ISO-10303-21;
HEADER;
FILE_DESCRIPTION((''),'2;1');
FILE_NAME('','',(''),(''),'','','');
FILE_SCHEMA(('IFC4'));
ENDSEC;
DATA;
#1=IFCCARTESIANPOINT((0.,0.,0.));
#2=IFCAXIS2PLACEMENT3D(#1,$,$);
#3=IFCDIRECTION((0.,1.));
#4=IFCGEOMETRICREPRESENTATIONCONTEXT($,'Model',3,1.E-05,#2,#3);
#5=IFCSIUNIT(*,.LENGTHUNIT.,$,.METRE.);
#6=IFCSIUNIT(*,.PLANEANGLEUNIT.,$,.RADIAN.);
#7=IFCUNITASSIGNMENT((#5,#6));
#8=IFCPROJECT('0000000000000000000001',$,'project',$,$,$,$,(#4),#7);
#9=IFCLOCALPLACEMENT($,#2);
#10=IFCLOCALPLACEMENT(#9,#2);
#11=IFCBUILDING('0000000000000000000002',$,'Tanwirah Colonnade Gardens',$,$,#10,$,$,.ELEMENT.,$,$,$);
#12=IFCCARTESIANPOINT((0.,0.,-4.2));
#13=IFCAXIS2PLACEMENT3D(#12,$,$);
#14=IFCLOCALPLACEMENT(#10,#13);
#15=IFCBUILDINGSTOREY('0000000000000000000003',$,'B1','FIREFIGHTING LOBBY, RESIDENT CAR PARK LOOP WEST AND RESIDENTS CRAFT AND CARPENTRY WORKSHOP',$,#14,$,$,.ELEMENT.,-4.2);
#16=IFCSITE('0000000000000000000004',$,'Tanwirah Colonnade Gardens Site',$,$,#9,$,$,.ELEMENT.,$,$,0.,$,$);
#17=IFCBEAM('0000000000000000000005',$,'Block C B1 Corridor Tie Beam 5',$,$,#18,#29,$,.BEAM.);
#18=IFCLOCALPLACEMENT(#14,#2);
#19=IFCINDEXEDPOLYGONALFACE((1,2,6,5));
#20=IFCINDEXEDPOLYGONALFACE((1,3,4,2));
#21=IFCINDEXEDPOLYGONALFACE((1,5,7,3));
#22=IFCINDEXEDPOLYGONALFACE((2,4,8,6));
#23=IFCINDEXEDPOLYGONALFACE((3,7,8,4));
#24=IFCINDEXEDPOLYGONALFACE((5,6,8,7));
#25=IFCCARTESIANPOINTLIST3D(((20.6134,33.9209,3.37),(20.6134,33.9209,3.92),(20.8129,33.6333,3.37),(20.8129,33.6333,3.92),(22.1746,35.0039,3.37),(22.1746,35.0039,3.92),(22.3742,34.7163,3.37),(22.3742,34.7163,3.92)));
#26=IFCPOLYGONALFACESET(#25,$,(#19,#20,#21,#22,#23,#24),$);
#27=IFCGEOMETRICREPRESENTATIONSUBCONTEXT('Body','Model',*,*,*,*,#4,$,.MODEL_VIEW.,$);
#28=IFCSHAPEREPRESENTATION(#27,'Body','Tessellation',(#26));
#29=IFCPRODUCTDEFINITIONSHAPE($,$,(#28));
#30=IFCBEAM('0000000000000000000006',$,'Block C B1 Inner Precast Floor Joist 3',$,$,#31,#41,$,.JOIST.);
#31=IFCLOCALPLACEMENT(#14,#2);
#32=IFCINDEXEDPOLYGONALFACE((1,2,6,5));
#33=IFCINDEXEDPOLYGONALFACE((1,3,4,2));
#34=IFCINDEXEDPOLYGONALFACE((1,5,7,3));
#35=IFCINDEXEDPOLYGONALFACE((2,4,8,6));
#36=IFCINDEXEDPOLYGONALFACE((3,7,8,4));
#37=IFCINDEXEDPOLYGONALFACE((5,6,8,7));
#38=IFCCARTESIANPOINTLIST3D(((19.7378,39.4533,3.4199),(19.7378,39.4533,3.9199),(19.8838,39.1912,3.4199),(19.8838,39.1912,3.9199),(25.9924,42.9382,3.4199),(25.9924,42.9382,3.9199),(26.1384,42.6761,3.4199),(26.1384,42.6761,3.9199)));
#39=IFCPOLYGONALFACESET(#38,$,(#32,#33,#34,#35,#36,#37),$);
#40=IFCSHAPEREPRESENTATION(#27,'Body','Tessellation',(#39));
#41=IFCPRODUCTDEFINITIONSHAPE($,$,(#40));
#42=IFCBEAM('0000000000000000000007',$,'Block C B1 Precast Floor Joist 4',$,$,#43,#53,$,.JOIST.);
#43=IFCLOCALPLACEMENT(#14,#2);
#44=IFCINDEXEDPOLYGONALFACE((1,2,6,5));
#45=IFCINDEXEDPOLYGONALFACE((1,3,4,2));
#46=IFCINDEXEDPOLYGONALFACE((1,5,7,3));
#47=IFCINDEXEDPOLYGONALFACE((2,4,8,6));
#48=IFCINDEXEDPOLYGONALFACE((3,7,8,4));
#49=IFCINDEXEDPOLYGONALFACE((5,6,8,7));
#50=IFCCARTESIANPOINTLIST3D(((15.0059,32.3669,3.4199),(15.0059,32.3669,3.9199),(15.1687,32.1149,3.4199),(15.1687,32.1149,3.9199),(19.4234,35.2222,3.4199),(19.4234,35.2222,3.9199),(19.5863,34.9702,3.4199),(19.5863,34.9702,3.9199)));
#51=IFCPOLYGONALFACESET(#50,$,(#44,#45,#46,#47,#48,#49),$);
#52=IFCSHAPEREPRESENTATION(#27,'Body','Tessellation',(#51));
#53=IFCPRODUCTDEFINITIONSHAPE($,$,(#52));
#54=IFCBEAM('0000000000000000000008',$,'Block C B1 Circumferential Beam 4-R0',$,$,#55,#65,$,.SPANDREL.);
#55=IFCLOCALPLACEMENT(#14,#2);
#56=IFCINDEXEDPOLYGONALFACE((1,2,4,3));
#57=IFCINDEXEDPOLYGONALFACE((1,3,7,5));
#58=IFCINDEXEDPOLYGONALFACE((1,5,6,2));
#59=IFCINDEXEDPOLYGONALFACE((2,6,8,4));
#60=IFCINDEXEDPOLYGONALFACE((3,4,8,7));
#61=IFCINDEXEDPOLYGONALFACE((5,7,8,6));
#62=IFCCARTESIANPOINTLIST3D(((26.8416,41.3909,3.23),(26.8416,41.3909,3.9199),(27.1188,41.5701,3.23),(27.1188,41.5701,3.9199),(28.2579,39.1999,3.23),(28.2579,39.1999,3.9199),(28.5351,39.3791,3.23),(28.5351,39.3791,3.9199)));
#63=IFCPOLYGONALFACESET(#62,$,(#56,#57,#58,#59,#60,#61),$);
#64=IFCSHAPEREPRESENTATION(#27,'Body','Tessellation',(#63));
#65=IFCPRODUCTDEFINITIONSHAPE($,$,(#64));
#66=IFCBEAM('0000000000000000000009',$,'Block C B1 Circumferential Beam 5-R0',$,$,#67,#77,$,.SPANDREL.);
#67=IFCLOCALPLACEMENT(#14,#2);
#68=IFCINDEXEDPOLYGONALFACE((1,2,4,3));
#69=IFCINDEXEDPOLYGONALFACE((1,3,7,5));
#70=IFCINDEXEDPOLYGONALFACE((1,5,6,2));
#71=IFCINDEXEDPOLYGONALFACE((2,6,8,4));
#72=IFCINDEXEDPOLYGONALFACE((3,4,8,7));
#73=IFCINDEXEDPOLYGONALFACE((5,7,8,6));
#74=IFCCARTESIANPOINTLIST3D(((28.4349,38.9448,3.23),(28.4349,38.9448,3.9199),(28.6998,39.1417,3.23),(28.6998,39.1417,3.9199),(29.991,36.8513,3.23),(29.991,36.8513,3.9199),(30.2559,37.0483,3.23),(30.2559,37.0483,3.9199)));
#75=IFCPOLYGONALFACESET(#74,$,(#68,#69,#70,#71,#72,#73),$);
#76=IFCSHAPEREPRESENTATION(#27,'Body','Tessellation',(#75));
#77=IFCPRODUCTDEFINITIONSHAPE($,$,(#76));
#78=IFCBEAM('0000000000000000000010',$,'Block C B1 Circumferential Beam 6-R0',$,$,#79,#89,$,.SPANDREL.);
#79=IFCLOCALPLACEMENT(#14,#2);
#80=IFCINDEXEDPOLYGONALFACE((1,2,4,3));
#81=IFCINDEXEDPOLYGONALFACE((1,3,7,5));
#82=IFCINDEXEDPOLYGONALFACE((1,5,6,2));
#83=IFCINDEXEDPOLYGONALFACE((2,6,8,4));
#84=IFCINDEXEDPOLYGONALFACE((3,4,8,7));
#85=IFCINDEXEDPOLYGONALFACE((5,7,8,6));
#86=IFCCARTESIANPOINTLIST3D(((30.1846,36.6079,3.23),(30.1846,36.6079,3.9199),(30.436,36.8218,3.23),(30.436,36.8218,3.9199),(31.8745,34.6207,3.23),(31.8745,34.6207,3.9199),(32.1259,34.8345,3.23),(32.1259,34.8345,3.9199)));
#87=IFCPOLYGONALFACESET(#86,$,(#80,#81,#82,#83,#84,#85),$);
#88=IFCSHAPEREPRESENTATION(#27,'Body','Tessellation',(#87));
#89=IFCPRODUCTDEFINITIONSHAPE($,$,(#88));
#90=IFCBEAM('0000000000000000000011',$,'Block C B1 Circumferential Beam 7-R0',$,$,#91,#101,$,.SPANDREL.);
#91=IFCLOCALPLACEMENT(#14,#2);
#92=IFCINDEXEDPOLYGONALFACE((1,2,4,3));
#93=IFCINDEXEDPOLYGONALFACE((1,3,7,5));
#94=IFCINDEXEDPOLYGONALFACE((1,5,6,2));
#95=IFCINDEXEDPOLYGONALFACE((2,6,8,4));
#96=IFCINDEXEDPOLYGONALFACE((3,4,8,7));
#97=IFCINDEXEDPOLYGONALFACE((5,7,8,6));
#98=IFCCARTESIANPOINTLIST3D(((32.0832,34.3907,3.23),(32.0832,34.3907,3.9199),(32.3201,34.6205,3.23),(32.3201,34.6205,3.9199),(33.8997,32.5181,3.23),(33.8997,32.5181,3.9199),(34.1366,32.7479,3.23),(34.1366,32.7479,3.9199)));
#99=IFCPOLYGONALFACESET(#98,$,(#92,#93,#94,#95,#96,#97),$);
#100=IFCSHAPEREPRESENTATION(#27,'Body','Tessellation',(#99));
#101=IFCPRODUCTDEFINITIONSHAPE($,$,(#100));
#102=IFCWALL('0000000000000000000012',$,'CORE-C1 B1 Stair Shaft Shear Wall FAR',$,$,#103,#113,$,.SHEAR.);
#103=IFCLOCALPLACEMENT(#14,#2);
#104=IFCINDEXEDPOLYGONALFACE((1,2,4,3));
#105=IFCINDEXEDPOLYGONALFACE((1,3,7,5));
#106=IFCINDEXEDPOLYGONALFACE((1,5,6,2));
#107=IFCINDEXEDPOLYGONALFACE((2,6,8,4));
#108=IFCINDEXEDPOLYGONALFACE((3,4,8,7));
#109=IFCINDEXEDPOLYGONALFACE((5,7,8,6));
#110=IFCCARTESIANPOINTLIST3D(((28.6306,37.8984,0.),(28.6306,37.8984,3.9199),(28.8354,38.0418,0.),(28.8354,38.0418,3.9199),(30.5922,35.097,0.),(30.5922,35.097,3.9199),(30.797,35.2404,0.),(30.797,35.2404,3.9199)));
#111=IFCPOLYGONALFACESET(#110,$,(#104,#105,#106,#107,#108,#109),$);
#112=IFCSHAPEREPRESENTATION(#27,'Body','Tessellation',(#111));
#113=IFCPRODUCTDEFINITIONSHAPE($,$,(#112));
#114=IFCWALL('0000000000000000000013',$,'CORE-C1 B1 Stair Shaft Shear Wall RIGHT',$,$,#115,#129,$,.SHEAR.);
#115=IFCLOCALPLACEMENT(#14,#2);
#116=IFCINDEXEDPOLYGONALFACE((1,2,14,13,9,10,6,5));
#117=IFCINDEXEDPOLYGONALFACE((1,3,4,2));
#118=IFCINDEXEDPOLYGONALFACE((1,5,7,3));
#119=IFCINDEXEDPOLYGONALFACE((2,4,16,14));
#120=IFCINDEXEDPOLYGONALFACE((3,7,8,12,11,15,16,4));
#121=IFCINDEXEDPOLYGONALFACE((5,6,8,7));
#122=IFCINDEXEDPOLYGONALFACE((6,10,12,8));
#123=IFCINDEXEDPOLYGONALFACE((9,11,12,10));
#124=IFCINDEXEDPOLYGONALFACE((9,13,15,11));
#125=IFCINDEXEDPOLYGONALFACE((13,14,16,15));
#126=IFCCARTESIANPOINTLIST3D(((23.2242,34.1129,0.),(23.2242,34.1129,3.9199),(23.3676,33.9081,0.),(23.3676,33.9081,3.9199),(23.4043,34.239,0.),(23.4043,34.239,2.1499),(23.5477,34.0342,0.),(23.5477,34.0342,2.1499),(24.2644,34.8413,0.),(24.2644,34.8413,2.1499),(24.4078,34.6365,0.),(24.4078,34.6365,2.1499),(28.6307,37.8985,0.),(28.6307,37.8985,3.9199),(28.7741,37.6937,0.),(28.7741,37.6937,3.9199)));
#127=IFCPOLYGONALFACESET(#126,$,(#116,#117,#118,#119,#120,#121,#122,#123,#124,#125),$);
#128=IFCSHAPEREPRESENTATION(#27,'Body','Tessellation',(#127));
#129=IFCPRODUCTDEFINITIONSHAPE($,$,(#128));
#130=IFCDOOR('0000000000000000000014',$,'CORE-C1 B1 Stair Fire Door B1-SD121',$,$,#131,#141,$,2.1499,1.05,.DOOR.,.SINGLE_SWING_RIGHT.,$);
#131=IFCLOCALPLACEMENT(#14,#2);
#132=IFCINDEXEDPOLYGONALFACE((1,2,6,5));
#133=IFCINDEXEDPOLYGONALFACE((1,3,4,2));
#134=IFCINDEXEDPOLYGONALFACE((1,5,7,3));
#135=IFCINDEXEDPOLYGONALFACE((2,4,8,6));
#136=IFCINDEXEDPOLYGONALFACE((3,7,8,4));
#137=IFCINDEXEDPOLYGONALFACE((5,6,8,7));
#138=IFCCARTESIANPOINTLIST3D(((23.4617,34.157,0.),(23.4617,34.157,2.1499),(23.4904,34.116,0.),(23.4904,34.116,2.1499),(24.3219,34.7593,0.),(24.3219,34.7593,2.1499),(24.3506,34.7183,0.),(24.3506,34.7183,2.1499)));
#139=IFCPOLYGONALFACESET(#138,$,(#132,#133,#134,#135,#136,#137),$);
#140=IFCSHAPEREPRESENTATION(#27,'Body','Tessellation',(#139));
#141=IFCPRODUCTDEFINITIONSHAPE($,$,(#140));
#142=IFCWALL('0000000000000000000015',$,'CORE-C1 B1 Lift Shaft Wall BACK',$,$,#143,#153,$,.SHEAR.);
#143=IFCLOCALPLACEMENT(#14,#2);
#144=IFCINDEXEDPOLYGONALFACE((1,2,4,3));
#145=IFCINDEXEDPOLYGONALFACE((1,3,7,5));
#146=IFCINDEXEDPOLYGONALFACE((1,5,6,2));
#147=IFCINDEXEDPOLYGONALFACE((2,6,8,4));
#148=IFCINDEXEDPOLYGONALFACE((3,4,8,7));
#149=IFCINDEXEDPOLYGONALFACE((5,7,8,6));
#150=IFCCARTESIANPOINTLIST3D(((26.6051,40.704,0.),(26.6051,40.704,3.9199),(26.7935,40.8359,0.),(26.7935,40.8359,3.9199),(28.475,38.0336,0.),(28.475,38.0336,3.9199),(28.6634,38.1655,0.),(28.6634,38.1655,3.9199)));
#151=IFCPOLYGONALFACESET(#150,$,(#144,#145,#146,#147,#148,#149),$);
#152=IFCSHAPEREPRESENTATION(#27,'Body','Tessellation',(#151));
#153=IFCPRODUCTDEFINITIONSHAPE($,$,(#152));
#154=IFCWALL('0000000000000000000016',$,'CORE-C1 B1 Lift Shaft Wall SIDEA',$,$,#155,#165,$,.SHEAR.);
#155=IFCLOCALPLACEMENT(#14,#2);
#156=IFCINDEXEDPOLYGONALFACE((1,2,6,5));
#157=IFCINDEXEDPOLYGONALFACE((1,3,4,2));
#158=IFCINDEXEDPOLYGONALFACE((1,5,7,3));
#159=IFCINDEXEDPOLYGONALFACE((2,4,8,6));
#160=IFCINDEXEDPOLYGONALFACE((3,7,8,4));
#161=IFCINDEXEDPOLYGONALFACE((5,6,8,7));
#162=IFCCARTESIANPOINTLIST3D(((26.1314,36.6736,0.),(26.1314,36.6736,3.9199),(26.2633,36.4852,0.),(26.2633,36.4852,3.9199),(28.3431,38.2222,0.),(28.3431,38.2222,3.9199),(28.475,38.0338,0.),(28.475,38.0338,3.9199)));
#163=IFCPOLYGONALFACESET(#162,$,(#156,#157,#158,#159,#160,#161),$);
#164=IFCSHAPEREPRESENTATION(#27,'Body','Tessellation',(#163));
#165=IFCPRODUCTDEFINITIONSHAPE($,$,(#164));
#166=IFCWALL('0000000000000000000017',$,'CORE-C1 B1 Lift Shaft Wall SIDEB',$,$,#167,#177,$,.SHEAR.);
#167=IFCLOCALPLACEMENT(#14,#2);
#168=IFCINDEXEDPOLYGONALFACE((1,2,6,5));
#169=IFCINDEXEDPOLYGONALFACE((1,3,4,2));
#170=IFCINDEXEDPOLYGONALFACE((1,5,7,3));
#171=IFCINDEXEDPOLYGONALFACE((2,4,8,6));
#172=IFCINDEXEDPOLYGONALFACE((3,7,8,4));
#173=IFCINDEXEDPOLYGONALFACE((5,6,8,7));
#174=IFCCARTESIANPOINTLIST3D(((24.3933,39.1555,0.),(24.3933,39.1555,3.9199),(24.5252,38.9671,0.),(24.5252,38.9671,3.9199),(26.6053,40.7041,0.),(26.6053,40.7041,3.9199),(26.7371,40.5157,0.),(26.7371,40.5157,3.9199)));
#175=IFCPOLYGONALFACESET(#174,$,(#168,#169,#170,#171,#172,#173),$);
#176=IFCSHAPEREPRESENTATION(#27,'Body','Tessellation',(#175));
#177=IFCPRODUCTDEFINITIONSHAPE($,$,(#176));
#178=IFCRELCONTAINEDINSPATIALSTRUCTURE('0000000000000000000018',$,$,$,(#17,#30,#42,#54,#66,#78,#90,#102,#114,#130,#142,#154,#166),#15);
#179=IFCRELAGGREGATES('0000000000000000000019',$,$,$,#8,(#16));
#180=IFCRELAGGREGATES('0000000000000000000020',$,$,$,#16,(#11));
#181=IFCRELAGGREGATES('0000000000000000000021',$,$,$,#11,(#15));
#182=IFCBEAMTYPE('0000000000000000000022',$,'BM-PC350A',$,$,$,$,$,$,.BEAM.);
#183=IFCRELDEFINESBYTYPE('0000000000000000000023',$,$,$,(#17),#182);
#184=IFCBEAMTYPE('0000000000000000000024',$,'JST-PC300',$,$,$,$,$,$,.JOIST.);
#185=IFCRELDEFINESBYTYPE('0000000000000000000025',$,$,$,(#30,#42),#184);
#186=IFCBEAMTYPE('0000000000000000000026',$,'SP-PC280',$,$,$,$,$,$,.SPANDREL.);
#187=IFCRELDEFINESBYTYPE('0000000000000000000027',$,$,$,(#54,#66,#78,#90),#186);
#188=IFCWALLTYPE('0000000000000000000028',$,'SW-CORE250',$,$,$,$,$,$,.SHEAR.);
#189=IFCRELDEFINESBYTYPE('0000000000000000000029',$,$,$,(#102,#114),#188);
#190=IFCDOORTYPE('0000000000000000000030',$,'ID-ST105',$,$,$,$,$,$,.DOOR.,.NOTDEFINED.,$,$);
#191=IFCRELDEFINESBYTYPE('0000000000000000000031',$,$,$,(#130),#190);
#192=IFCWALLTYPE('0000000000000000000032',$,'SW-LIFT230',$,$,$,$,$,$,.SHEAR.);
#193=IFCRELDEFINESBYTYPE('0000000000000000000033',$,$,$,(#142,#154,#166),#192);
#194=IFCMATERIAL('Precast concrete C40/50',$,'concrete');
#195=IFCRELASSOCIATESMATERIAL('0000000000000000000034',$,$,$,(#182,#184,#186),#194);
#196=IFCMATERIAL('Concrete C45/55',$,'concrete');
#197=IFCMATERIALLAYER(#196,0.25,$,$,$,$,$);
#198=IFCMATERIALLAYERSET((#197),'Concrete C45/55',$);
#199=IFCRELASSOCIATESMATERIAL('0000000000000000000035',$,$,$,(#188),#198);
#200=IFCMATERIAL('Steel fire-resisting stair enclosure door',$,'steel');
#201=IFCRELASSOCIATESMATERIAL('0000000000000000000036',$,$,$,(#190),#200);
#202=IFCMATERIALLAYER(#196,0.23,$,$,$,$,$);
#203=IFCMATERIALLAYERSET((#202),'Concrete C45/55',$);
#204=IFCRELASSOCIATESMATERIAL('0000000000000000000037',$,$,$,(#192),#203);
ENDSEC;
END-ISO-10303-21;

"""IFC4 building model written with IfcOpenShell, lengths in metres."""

from ifc_helpers import new_model, si_unit, direction, frame, frame_2d, origin, origin_2d, place, context, subcontext, project, spatial, rectangle, extrude, material, layer, layer_set, material_profile, profile_set, type_object, element, fill, save


model = new_model("IFC4")

# Units and contexts
model_context = context("Model", 3, precision=1e-05, world=origin(), true_north=direction((0.0, 1.0)))
body_context = subcontext(model_context, "Body", "Model", "MODEL_VIEW")
ifc_project = project(units=[si_unit("LENGTHUNIT", "METRE"), si_unit("PLANEANGLEUNIT", "RADIAN")], contexts=[model_context])

# Site, building, storey
site_placement = place(None, origin())
site = spatial("IfcSite", under=ifc_project, at=site_placement, Name="Tanwirah Colonnade Gardens Site", CompositionType="ELEMENT", RefElevation=0.0)
building_placement = place(site_placement, origin())
building = spatial("IfcBuilding", under=site, at=building_placement, Name="Tanwirah Colonnade Gardens", CompositionType="ELEMENT")
storey_placement = place(building_placement, frame((0.0, 0.0, -4.2)))
storey = spatial("IfcBuildingStorey", under=building, at=storey_placement, Name="B1", Description="FIREFIGHTING LOBBY, RESIDENT CAR PARK LOOP WEST AND RESIDENTS CRAFT AND CARPENTRY WORKSHOP", CompositionType="ELEMENT", Elevation=-4.2)

# Shared definitions
ifc_material_1 = material(Name="Concrete C45/55", Category="concrete")

# Beams
ifc_material_2 = material(Name="Precast concrete C40/50", Category="concrete")
ifc_material_profile_1 = material_profile(ifc_material_2, rectangle(XDim=0.3501, YDim=0.55, at=origin_2d()), Name="PC-BM 350x550")
ifc_profile_set_1 = profile_set([ifc_material_profile_1], Name="Precast concrete C40/50")
beam_type_1 = type_object("IfcBeamType", Name="BM-PC350A", PredefinedType="BEAM", material=ifc_profile_set_1)
beam_1_placement = place(storey_placement, frame((22.2744, 34.8601, 3.645), z_axis=(-0.821669, -0.569965, 0.0), x_axis=(0.569965, -0.821669, 0.0)))
element("IfcBeam", 1, at=beam_1_placement, inside=storey, type_object=beam_type_1, Name="Block C B1 Corridor Tie Beam 5", PredefinedType="BEAM", context=body_context, shape_type="SweptSolid", body=[
    extrude(rectangle(XDim=0.3501, YDim=0.55, at=origin_2d()), origin(), (0.0, 0.0, 1.0), 1.9001),
])
ifc_material_profile_2 = material_profile(ifc_material_2, rectangle(XDim=0.3, YDim=0.5, at=origin_2d()), Name="PC-JST 300x500")
ifc_profile_set_2 = profile_set([ifc_material_profile_2], Name="Precast concrete C40/50")
beam_type_2 = type_object("IfcBeamType", Name="JST-PC300", PredefinedType="JOIST", material=ifc_profile_set_2)
beam_2_placement = place(storey_placement, frame((26.0654, 42.8071, 3.6699), z_axis=(-0.87356, -0.486717, 0.0), x_axis=(0.486717, -0.87356, 0.0)))
element("IfcBeam", 2, at=beam_2_placement, inside=storey, type_object=beam_type_2, Name="Block C B1 Inner Precast Floor Joist 3", PredefinedType="JOIST", context=body_context, shape_type="SweptSolid", body=[
    extrude(rectangle(XDim=0.3, YDim=0.5, at=origin_2d()), origin(), (0.0, 0.0, 1.0), 7.1599),
])
beam_3_placement = place(storey_placement, frame((19.5049, 35.0962, 3.6699), z_axis=(-0.839843, -0.54283, 0.0), x_axis=(0.54283, -0.839843, 0.0)))
element("IfcBeam", 3, at=beam_3_placement, inside=storey, type_object=beam_type_2, Name="Block C B1 Precast Floor Joist 4", PredefinedType="JOIST", context=body_context, shape_type="SweptSolid", body=[
    extrude(rectangle(XDim=0.3, YDim=0.5, at=origin_2d()), origin(), (0.0, 0.0, 1.0), 5.26),
])
ifc_material_profile_3 = material_profile(ifc_material_2, rectangle(XDim=0.3301, YDim=0.6899, at=origin_2d()), Name="PC-SP 330x690")
ifc_profile_set_3 = profile_set([ifc_material_profile_3], Name="Precast concrete C40/50")
beam_type_3 = type_object("IfcBeamType", Name="SP-PC280", PredefinedType="SPANDREL", material=ifc_profile_set_3)
beam_4_placement = place(storey_placement, frame((26.9802, 41.4805, 3.575), z_axis=(0.542875, -0.839814, 0.0), x_axis=(0.839814, 0.542875, 0.0)))
element("IfcBeam", 4, at=beam_4_placement, inside=storey, type_object=beam_type_3, Name="Block C B1 Circumferential Beam 4-R0", PredefinedType="SPANDREL", context=body_context, shape_type="SweptSolid", body=[
    extrude(rectangle(XDim=0.3301, YDim=0.6899, at=origin_2d()), origin(), (0.0, 0.0, 1.0), 2.6089),
])
beam_5_placement = place(storey_placement, frame((28.5674, 39.0432, 3.575), z_axis=(0.596565, -0.802565, 0.0), x_axis=(0.802565, 0.596565, 0.0)))
element("IfcBeam", 5, at=beam_5_placement, inside=storey, type_object=beam_type_3, Name="Block C B1 Circumferential Beam 5-R0", PredefinedType="SPANDREL", context=body_context, shape_type="SweptSolid", body=[
    extrude(rectangle(XDim=0.3301, YDim=0.6899, at=origin_2d()), origin(), (0.0, 0.0, 1.0), 2.6084),
])
beam_6_placement = place(storey_placement, frame((30.3103, 36.7148, 3.575), z_axis=(0.647811, -0.761801, 0.0), x_axis=(0.761801, 0.647811, 0.0)))
element("IfcBeam", 6, at=beam_6_placement, inside=storey, type_object=beam_type_3, Name="Block C B1 Circumferential Beam 6-R0", PredefinedType="SPANDREL", context=body_context, shape_type="SweptSolid", body=[
    extrude(rectangle(XDim=0.3301, YDim=0.6899, at=origin_2d()), origin(), (0.0, 0.0, 1.0), 2.6086),
])
beam_7_placement = place(storey_placement, frame((32.2017, 34.5056, 3.575), z_axis=(0.696263, -0.717787, 0.0), x_axis=(0.717787, 0.696263, 0.0)))
element("IfcBeam", 7, at=beam_7_placement, inside=storey, type_object=beam_type_3, Name="Block C B1 Circumferential Beam 7-R0", PredefinedType="SPANDREL", context=body_context, shape_type="SweptSolid", body=[
    extrude(rectangle(XDim=0.3301, YDim=0.6899, at=origin_2d()), origin(), (0.0, 0.0, 1.0), 2.6089),
])

# Wall
ifc_layer_1 = layer(ifc_material_1, 0.25)
ifc_layer_set_1 = layer_set([ifc_layer_1], Name="Concrete C45/55")
wall_type_1 = type_object("IfcWallType", Name="SW-CORE250", PredefinedType="SHEAR", material=ifc_layer_set_1)
wall_1_placement = place(storey_placement, frame((30.6946, 35.1687, 0.0), z_axis=(0.0, 0.0, 1.0), x_axis=(-0.573582, 0.819148, 0.0)))
element("IfcWall", 8, at=wall_1_placement, inside=storey, type_object=wall_type_1, Name="CORE-C1 B1 Stair Shaft Shear Wall FAR", PredefinedType="SHEAR", context=body_context, shape_type="SweptSolid", body=[
    extrude(rectangle(XDim=3.4199, YDim=0.25, at=frame_2d((1.71, 0.0))), origin(), (0.0, 0.0, 1.0), 3.9199),
])

# Wall, opening, door
wall_2_placement = place(storey_placement, frame((23.2959, 34.0105, 0.0), z_axis=(0.0, 0.0, 1.0), x_axis=(0.819154, 0.573574, 0.0)))
wall_2 = element("IfcWall", 9, at=wall_2_placement, inside=storey, type_object=wall_type_1, Name="CORE-C1 B1 Stair Shaft Shear Wall RIGHT", PredefinedType="SHEAR", context=body_context, shape_type="SweptSolid", body=[
    extrude(rectangle(XDim=6.6001, YDim=0.25, at=frame_2d((3.3, 0.0))), origin(), (0.0, 0.0, 1.0), 3.9199),
])
opening_1_placement = place(wall_2_placement, frame((0.22, 0.0, 0.0)))
opening_1 = element("IfcOpeningElement", 10, at=opening_1_placement, cuts=wall_2, PredefinedType="OPENING", context=body_context, shape_type="SweptSolid", body=[
    extrude(rectangle(XDim=1.05, YDim=2.1499, at=frame_2d((0.5249, 1.075))), frame((0.0, 0.135, 0.0), z_axis=(0.0, -1.0, 0.0), x_axis=(1.0, 0.0, 0.0)), (0.0, 0.0, 1.0), 0.27),
])
ifc_material_3 = material(Name="Steel fire-resisting stair enclosure door", Category="steel")
door_type_1 = type_object("IfcDoorType", Name="ID-ST105", OperationType="NOTDEFINED", PredefinedType="DOOR", material=ifc_material_3)
door_1_placement = place(opening_1_placement, origin())
door_1 = element("IfcDoor", 11, at=door_1_placement, inside=storey, type_object=door_type_1, Name="CORE-C1 B1 Stair Fire Door B1-SD121", OperationType="SINGLE_SWING_RIGHT", OverallHeight=2.1499, OverallWidth=1.05, PredefinedType="DOOR", context=body_context, shape_type="SweptSolid", body=[
    extrude(rectangle(XDim=1.05, YDim=2.1499, at=frame_2d((0.5249, 1.075))), frame((0.0, 0.0249, 0.0), z_axis=(0.0, -1.0, 0.0), x_axis=(1.0, 0.0, 0.0)), (0.0, 0.0, 1.0), 0.05),
])
fill(opening_1, door_1)
ifc_layer_2 = layer(ifc_material_1, 0.23)
ifc_layer_set_2 = layer_set([ifc_layer_2], Name="Concrete C45/55")
wall_type_2 = type_object("IfcWallType", Name="SW-LIFT230", PredefinedType="SHEAR", material=ifc_layer_set_2)

# Walls
wall_3_placement = place(storey_placement, frame((28.5691, 38.0996, 0.0), z_axis=(0.0, 0.0, 1.0), x_axis=(-0.573583, 0.819147, 0.0)))
element("IfcWall", 12, at=wall_3_placement, inside=storey, type_object=wall_type_2, Name="CORE-C1 B1 Lift Shaft Wall BACK", PredefinedType="SHEAR", context=body_context, shape_type="SweptSolid", body=[
    extrude(rectangle(XDim=3.26, YDim=0.23, at=frame_2d((1.6299, 0.0))), origin(), (0.0, 0.0, 1.0), 3.9199),
])
wall_4_placement = place(storey_placement, frame((26.1973, 36.5793, 0.0), z_axis=(0.0, 0.0, 1.0), x_axis=(0.81916, 0.573566, 0.0)))
element("IfcWall", 13, at=wall_4_placement, inside=storey, type_object=wall_type_2, Name="CORE-C1 B1 Lift Shaft Wall SIDEA", PredefinedType="SHEAR", context=body_context, shape_type="SweptSolid", body=[
    extrude(rectangle(XDim=2.7, YDim=0.23, at=frame_2d((1.3501, 0.0))), origin(), (0.0, 0.0, 1.0), 3.9199),
])
wall_5_placement = place(storey_placement, frame((24.4592, 39.0613, 0.0), z_axis=(0.0, 0.0, 1.0), x_axis=(0.819189, 0.573523, 0.0)))
element("IfcWall", 14, at=wall_5_placement, inside=storey, type_object=wall_type_2, Name="CORE-C1 B1 Lift Shaft Wall SIDEB", PredefinedType="SHEAR", context=body_context, shape_type="SweptSolid", body=[
    extrude(rectangle(XDim=2.7002, YDim=0.23, at=frame_2d((1.3501, 0.0))), origin(), (0.0, 0.0, 1.0), 3.9199),
])

save(model, "model.ifc")
